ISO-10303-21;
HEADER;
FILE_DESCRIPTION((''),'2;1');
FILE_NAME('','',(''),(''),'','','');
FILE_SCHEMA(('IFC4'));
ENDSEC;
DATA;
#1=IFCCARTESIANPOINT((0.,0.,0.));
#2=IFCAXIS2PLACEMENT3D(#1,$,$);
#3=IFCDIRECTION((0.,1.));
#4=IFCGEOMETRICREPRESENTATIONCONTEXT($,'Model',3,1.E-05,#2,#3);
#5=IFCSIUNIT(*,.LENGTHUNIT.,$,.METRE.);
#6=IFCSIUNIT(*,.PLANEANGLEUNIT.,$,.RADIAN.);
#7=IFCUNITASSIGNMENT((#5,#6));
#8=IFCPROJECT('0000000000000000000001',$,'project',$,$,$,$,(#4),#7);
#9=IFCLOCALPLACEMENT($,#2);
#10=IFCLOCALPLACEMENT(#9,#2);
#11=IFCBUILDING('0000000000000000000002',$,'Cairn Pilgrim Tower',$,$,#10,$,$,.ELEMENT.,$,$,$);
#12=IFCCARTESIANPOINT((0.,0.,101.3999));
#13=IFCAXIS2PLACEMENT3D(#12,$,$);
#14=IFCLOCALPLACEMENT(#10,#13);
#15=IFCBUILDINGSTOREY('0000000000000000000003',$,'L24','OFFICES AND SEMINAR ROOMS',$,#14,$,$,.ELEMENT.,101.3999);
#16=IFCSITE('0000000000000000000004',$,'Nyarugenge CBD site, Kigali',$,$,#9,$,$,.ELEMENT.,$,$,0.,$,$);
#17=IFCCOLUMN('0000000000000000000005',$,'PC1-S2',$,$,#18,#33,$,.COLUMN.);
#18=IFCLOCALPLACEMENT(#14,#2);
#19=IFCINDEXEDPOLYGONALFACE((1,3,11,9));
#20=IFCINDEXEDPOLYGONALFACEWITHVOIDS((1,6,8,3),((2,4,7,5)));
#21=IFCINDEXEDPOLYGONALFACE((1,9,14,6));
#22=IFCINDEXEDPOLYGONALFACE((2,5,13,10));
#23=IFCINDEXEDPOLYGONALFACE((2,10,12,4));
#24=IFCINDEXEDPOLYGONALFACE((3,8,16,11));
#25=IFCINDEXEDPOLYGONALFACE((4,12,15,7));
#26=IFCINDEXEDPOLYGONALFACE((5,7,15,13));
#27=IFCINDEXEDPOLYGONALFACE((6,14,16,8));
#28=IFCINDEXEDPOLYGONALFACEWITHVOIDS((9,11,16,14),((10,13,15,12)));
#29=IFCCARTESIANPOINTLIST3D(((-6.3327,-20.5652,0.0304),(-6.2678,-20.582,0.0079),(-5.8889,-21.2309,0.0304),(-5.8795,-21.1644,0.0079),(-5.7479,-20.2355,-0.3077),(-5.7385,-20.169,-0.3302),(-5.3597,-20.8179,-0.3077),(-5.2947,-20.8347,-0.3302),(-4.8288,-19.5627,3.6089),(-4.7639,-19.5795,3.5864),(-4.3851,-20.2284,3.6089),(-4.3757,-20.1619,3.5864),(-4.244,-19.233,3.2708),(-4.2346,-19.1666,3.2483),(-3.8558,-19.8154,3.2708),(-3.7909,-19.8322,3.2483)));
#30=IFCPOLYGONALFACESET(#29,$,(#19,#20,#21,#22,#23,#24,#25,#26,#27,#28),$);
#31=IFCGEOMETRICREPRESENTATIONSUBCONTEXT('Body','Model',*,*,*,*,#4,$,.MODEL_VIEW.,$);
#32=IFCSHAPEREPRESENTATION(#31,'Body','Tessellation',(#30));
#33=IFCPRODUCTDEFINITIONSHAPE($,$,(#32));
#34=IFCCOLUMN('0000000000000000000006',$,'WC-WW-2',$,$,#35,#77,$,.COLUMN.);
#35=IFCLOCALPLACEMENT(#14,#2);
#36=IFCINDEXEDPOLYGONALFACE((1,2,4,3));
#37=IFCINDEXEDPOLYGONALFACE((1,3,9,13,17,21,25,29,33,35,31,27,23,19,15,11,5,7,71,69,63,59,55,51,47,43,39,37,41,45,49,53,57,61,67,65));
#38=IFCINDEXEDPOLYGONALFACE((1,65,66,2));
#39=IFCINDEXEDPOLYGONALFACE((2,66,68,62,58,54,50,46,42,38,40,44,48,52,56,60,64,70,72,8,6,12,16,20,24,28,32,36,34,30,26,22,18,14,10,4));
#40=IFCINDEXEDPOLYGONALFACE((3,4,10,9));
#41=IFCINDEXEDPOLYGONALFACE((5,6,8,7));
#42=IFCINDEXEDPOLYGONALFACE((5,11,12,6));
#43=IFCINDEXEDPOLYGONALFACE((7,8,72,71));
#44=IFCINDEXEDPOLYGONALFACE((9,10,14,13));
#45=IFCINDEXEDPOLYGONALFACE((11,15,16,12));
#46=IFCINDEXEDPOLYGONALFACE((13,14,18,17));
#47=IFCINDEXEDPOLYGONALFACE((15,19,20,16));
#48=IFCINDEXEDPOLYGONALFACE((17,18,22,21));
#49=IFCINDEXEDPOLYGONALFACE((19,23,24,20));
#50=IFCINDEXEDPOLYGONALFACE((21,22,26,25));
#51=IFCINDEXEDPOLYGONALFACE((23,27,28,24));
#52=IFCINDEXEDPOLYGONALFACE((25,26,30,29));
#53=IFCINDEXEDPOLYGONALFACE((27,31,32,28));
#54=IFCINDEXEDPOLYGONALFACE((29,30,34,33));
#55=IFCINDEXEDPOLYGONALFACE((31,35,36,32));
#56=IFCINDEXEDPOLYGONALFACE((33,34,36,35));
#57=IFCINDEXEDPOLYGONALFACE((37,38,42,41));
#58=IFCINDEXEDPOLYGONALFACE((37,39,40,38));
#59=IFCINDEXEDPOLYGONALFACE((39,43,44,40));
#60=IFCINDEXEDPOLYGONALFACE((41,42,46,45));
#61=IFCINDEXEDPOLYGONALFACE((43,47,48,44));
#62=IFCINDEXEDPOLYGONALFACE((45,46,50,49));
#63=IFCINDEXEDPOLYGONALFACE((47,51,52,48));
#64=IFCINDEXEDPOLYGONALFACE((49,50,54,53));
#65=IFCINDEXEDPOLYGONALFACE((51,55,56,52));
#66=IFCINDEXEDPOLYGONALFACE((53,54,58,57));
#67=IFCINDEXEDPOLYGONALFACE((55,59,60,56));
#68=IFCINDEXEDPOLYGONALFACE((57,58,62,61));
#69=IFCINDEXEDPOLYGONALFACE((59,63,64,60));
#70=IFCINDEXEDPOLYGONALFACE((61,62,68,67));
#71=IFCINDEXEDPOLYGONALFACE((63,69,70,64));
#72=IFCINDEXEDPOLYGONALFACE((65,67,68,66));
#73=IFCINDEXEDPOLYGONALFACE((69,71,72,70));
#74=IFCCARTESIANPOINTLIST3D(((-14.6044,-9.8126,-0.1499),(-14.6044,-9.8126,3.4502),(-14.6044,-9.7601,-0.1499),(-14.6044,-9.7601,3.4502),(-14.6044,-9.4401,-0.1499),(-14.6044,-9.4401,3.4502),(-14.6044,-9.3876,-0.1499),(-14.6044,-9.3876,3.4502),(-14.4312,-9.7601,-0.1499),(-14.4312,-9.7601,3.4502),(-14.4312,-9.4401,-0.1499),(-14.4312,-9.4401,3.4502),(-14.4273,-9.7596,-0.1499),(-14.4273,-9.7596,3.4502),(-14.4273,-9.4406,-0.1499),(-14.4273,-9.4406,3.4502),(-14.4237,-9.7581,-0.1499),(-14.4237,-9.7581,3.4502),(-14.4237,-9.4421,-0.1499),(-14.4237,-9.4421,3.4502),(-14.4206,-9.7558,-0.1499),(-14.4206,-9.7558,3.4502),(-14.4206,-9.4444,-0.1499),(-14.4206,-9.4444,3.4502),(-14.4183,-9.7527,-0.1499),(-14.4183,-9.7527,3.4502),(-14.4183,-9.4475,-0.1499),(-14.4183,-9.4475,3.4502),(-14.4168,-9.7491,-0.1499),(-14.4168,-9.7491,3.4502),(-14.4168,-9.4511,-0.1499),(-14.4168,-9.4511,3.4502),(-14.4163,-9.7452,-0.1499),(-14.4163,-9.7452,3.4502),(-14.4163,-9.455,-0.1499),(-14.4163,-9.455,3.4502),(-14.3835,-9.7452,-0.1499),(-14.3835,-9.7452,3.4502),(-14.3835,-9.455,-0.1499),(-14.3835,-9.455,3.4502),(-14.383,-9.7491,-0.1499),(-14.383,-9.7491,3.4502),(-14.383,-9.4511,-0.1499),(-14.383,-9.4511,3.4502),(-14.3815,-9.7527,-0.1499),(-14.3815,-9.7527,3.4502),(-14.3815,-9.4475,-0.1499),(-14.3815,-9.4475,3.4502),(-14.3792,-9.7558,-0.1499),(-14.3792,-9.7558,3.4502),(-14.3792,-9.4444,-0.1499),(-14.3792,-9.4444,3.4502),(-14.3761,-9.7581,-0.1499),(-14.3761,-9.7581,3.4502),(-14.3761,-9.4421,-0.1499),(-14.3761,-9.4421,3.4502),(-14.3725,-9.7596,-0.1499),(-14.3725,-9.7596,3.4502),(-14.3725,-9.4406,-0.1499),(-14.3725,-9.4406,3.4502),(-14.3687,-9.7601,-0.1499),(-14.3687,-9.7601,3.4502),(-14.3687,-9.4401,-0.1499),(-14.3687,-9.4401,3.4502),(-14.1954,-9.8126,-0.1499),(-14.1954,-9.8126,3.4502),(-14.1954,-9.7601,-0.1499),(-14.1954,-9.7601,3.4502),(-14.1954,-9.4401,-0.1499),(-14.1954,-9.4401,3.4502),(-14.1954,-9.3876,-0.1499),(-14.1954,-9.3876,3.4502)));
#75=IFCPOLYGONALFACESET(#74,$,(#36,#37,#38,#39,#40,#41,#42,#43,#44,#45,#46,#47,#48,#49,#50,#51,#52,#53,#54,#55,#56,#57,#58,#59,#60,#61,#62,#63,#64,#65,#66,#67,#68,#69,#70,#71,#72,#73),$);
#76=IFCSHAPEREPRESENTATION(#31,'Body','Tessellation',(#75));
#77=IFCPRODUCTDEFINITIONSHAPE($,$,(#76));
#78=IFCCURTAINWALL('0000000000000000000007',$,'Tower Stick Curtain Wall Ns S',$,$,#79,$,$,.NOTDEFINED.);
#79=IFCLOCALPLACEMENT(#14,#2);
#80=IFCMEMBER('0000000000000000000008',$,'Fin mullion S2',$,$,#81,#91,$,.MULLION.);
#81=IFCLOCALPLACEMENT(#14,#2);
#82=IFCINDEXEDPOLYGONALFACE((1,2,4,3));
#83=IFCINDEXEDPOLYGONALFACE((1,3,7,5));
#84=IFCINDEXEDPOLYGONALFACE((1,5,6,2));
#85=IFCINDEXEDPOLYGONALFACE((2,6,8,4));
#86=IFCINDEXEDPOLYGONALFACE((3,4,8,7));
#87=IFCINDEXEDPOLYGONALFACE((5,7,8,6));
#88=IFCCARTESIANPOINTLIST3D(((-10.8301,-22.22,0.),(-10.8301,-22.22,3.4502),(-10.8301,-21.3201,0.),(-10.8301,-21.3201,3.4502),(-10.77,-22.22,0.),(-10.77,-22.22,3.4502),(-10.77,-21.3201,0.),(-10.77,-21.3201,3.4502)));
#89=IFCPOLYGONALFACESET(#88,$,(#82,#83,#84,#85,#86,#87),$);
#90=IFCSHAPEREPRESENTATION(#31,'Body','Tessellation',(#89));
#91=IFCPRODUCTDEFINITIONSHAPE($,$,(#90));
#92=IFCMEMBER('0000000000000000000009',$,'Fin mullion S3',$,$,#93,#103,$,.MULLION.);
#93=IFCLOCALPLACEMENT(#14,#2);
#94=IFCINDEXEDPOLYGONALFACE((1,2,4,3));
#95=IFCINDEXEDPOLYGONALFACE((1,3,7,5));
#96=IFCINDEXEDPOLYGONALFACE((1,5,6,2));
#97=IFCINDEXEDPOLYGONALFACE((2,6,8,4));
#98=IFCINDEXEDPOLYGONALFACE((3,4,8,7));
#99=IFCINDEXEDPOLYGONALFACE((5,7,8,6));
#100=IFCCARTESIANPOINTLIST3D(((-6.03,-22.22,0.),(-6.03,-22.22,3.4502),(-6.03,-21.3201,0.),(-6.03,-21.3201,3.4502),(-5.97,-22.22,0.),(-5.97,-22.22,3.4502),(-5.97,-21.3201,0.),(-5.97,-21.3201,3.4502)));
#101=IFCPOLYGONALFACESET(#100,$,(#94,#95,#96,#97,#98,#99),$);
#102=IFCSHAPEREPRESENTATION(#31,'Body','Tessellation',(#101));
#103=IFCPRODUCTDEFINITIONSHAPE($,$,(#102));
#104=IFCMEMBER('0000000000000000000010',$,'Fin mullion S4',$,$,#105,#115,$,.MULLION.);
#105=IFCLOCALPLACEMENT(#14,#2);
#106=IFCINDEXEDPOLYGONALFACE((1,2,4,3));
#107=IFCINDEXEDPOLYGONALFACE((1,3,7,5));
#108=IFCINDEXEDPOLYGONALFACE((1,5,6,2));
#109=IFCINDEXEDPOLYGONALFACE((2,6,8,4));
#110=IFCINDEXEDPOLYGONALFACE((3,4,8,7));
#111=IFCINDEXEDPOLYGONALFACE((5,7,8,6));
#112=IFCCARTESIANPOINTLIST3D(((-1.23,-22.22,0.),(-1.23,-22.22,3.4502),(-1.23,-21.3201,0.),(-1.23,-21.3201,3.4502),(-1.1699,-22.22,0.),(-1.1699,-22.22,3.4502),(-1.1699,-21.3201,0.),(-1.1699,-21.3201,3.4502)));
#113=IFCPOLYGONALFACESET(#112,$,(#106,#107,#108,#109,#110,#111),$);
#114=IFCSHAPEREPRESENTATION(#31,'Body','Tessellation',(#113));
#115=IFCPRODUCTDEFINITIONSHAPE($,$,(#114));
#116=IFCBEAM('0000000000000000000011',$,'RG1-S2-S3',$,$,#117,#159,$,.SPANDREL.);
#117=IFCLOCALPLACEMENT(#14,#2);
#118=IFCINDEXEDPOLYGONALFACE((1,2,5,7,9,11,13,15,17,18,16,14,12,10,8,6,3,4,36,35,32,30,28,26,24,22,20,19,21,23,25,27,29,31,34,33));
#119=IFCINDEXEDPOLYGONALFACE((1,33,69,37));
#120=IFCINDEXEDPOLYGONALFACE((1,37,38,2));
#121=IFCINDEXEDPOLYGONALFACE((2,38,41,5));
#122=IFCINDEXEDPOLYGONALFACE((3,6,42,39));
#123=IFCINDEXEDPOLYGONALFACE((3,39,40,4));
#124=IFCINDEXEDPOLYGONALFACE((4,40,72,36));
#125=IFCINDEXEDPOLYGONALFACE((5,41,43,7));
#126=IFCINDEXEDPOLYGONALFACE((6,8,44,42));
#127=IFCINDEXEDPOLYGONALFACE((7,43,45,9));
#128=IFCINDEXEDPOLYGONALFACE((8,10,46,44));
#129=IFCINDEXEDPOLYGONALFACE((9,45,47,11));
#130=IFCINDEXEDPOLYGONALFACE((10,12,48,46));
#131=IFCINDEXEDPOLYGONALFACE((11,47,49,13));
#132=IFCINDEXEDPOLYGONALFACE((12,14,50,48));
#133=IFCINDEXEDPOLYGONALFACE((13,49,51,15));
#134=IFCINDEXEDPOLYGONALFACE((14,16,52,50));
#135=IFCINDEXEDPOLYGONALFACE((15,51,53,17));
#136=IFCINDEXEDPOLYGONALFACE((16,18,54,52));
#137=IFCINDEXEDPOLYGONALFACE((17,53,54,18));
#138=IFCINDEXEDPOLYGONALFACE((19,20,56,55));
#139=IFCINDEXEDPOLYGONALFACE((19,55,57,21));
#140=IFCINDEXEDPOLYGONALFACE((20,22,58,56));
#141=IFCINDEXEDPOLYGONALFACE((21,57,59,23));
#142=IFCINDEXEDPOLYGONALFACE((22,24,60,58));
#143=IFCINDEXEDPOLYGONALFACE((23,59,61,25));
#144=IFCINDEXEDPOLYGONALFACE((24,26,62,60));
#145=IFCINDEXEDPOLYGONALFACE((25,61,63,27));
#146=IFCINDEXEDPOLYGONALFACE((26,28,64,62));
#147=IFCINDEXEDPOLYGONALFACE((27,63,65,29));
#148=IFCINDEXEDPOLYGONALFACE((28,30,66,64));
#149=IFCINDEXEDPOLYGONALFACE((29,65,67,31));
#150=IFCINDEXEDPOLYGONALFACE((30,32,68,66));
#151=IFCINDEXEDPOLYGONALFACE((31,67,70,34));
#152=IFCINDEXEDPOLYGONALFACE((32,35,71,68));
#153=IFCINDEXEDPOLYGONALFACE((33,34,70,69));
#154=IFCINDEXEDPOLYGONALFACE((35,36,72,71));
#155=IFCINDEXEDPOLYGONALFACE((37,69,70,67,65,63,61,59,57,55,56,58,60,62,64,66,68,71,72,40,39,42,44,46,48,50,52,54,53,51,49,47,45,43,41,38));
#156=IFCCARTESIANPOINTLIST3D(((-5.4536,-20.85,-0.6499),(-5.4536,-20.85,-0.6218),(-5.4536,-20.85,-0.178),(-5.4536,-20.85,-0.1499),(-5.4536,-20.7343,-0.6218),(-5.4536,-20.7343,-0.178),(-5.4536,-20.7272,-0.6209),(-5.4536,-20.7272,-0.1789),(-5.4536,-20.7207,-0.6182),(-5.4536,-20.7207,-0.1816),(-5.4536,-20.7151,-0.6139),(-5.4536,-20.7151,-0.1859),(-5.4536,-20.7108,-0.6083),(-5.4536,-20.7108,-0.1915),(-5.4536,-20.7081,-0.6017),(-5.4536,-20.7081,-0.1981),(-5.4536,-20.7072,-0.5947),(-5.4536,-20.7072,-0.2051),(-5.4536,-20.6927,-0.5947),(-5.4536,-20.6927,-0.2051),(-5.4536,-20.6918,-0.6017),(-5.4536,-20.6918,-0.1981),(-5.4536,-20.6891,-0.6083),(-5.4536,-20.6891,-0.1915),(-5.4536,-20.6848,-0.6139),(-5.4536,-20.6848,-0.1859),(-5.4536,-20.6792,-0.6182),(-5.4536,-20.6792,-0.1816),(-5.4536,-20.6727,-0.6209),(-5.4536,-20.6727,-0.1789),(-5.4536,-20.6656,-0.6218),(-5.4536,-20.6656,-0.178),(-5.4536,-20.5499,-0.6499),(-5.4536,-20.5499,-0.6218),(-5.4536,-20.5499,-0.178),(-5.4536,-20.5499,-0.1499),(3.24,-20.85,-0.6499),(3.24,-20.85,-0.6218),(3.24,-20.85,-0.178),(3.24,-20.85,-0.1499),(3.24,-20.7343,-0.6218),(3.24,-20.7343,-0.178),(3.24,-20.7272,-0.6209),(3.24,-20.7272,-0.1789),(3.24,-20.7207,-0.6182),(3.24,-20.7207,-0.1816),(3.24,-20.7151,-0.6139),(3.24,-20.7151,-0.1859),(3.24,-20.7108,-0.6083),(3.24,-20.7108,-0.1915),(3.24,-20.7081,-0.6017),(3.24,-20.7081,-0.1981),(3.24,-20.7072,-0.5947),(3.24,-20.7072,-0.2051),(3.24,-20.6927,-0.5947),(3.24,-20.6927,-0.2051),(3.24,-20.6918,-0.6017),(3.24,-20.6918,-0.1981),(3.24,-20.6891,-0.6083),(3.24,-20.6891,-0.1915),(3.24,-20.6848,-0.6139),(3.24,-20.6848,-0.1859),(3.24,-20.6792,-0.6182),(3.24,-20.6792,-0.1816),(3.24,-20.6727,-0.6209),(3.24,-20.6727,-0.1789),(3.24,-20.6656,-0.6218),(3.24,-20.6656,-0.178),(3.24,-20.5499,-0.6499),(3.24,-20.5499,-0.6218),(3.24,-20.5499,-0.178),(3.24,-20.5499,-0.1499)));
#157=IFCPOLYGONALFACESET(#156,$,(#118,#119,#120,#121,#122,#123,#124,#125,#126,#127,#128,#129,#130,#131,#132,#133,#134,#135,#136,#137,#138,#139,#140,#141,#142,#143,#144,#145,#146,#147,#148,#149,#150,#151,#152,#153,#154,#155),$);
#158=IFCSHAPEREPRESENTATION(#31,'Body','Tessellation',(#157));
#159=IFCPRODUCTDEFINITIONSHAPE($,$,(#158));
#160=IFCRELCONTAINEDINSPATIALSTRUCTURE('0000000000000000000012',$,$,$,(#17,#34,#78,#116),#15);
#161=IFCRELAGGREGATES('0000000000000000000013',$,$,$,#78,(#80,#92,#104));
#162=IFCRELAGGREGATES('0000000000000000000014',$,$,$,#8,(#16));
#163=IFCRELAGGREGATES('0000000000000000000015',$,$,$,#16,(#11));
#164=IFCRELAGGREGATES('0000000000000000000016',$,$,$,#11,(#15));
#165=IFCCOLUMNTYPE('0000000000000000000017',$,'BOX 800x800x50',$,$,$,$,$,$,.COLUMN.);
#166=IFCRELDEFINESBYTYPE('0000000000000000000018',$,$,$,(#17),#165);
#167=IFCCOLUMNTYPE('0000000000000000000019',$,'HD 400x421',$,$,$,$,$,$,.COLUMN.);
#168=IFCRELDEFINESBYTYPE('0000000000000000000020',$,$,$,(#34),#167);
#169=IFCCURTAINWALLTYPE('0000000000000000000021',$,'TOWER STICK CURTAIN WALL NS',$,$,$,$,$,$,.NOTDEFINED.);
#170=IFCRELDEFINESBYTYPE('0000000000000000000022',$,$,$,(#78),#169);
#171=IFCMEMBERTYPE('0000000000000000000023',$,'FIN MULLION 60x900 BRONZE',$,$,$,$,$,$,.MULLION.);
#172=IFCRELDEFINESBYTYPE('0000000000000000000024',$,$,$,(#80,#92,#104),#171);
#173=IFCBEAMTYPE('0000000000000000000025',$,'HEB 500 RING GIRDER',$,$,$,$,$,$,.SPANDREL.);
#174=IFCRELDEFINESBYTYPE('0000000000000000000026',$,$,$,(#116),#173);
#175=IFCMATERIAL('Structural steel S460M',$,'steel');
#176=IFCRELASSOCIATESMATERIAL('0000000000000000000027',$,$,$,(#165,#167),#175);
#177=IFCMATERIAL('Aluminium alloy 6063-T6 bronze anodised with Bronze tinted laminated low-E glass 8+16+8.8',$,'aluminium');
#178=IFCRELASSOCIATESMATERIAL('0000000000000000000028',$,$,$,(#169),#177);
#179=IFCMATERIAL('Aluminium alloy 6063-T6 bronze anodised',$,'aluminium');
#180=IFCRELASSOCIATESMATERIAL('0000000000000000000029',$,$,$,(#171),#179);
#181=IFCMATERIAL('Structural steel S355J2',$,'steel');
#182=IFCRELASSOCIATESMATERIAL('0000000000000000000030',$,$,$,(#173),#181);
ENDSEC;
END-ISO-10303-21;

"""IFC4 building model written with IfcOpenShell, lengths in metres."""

from ifc_helpers import new_model, si_unit, direction, frame, origin, origin_2d, place, context, subcontext, project, spatial, rectangle, hollow_rectangle, i_section, extrude, clip, halfspace, material, material_profile, profile_set, type_object, element, aggregate, save


model = new_model("IFC4")

# Units and contexts
model_context = context("Model", 3, precision=1e-05, world=origin(), true_north=direction((0.0, 1.0)))
body_context = subcontext(model_context, "Body", "Model", "MODEL_VIEW")
ifc_project = project(units=[si_unit("LENGTHUNIT", "METRE"), si_unit("PLANEANGLEUNIT", "RADIAN")], contexts=[model_context])

# Site, building, storey
site_placement = place(None, origin())
site = spatial("IfcSite", under=ifc_project, at=site_placement, Name="Nyarugenge CBD site, Kigali", CompositionType="ELEMENT", RefElevation=0.0)
building_placement = place(site_placement, origin())
building = spatial("IfcBuilding", under=site, at=building_placement, Name="Cairn Pilgrim Tower", CompositionType="ELEMENT")
storey_placement = place(building_placement, frame((0.0, 0.0, 101.3999)))
storey = spatial("IfcBuildingStorey", under=building, at=storey_placement, Name="L24", Description="OFFICES AND SEMINAR ROOMS", CompositionType="ELEMENT", Elevation=101.3999)

# Columns
ifc_material_1 = material(Name="Structural steel S460M", Category="steel")
ifc_material_profile_1 = material_profile(ifc_material_1, hollow_rectangle(XDim=0.8, YDim=0.8, WallThickness=0.05, at=origin_2d()), Name="BOX 800x800x50")
ifc_profile_set_1 = profile_set([ifc_material_profile_1], Name="Structural steel S460M")
column_type_1 = type_object("IfcColumnType", Name="BOX 800x800x50", PredefinedType="COLUMN", material=ifc_profile_set_1)
column_1_placement = place(storey_placement, frame((-5.8137, -20.7, -0.1499), z_axis=(0.37512, 0.25006, 0.892612), x_axis=(-0.554669, 0.832071, 0.0)))
element("IfcColumn", 1, at=column_1_placement, inside=storey, type_object=column_type_1, Name="PC1-S2", PredefinedType="COLUMN", context=body_context, shape_type="Clipping", body=[
    clip(extrude(hollow_rectangle(XDim=0.8, YDim=0.8, WallThickness=0.05, at=origin_2d()), origin(), (0.0, 0.0, 1.0), 4.0332), halfspace(frame((0.0, 0.0, 4.009), z_axis=(0.0, 0.0, 1.0), x_axis=(1.0, 0.0, 0.0)), False)),
])
ifc_material_profile_2 = material_profile(ifc_material_1, i_section(OverallWidth=0.4089, OverallDepth=0.425, WebThickness=0.0327, FlangeThickness=0.0525, FilletRadius=0.0149, at=origin_2d()), Name="HD 400x421")
ifc_profile_set_2 = profile_set([ifc_material_profile_2], Name="Structural steel S460M")
column_type_2 = type_object("IfcColumnType", Name="HD 400x421", PredefinedType="COLUMN", material=ifc_profile_set_2)
column_2_placement = place(storey_placement, frame((-14.3999, -9.6001, -0.1499), z_axis=(0.0, 0.0, 1.0), x_axis=(1.0, 0.0, 0.0)))
element("IfcColumn", 2, at=column_2_placement, inside=storey, type_object=column_type_2, Name="WC-WW-2", PredefinedType="COLUMN", context=body_context, shape_type="SweptSolid", body=[
    extrude(i_section(OverallWidth=0.4089, OverallDepth=0.425, WebThickness=0.0327, FlangeThickness=0.0525, FilletRadius=0.0149, at=origin_2d()), origin(), (0.0, 0.0, 1.0), 3.6001),
])

# Curtain wall, members
ifc_material_2 = material(Name="Aluminium alloy 6063-T6 bronze anodised with Bronze tinted laminated low-E glass 8+16+8.8", Category="aluminium")
curtain_wall_type = type_object("IfcCurtainWallType", Name="TOWER STICK CURTAIN WALL NS", PredefinedType="NOTDEFINED", material=ifc_material_2)
curtain_wall_placement = place(storey_placement, origin())
curtain_wall = element("IfcCurtainWall", 3, at=curtain_wall_placement, inside=storey, type_object=curtain_wall_type, Name="Tower Stick Curtain Wall Ns S", PredefinedType="NOTDEFINED")
ifc_material_3 = material(Name="Aluminium alloy 6063-T6 bronze anodised", Category="aluminium")
ifc_material_profile_3 = material_profile(ifc_material_3, rectangle(XDim=0.8999, YDim=0.0601, at=origin_2d()), Name="FIN MULLION 60x900 BRONZE")
ifc_profile_set_3 = profile_set([ifc_material_profile_3], Name="Aluminium alloy 6063-T6 bronze anodised")
member_type_1 = type_object("IfcMemberType", Name="FIN MULLION 60x900 BRONZE", PredefinedType="MULLION", material=ifc_profile_set_3)
member_1_placement = place(storey_placement, frame((-10.8, -21.77, 0.0), z_axis=(0.0, 0.0, 1.0), x_axis=(0.0, -1.0, 0.0)))
member_1 = element("IfcMember", 4, at=member_1_placement, type_object=member_type_1, Name="Fin mullion S2", PredefinedType="MULLION", context=body_context, shape_type="SweptSolid", body=[
    extrude(rectangle(XDim=0.8999, YDim=0.0601, at=origin_2d()), origin(), (0.0, 0.0, 1.0), 3.4502),
])
member_2_placement = place(storey_placement, frame((-6.0, -21.77, 0.0), z_axis=(0.0, 0.0, 1.0), x_axis=(0.0, -1.0, 0.0)))
member_2 = element("IfcMember", 5, at=member_2_placement, type_object=member_type_1, Name="Fin mullion S3", PredefinedType="MULLION", context=body_context, shape_type="SweptSolid", body=[
    extrude(rectangle(XDim=0.8999, YDim=0.0601, at=origin_2d()), origin(), (0.0, 0.0, 1.0), 3.4502),
])
member_3_placement = place(storey_placement, frame((-1.2, -21.77, 0.0), z_axis=(0.0, 0.0, 1.0), x_axis=(0.0, -1.0, 0.0)))
member_3 = element("IfcMember", 6, at=member_3_placement, type_object=member_type_1, Name="Fin mullion S4", PredefinedType="MULLION", context=body_context, shape_type="SweptSolid", body=[
    extrude(rectangle(XDim=0.8999, YDim=0.0601, at=origin_2d()), origin(), (0.0, 0.0, 1.0), 3.4502),
])

# Beam
ifc_material_4 = material(Name="Structural steel S355J2", Category="steel")
ifc_material_profile_4 = material_profile(ifc_material_4, i_section(OverallWidth=0.3, OverallDepth=0.5, WebThickness=0.0144, FlangeThickness=0.0281, FilletRadius=0.0271, at=origin_2d()), Name="HEB 500")
ifc_profile_set_4 = profile_set([ifc_material_profile_4], Name="Structural steel S355J2")
beam_type_1 = type_object("IfcBeamType", Name="HEB 500 RING GIRDER", PredefinedType="SPANDREL", material=ifc_profile_set_4)
beam_1_placement = place(storey_placement, frame((-5.4536, -20.7, -0.3999), z_axis=(1.0, 0.0, 0.0), x_axis=(0.0, 1.0, 0.0)))
element("IfcBeam", 7, at=beam_1_placement, inside=storey, type_object=beam_type_1, Name="RG1-S2-S3", PredefinedType="SPANDREL", context=body_context, shape_type="SweptSolid", body=[
    extrude(i_section(OverallWidth=0.3, OverallDepth=0.5, WebThickness=0.0144, FlangeThickness=0.0281, FilletRadius=0.0271, at=origin_2d()), origin(), (0.0, 0.0, 1.0), 8.6936),
])

aggregate(curtain_wall, [member_1, member_2, member_3])

save(model, "model.ifc")
